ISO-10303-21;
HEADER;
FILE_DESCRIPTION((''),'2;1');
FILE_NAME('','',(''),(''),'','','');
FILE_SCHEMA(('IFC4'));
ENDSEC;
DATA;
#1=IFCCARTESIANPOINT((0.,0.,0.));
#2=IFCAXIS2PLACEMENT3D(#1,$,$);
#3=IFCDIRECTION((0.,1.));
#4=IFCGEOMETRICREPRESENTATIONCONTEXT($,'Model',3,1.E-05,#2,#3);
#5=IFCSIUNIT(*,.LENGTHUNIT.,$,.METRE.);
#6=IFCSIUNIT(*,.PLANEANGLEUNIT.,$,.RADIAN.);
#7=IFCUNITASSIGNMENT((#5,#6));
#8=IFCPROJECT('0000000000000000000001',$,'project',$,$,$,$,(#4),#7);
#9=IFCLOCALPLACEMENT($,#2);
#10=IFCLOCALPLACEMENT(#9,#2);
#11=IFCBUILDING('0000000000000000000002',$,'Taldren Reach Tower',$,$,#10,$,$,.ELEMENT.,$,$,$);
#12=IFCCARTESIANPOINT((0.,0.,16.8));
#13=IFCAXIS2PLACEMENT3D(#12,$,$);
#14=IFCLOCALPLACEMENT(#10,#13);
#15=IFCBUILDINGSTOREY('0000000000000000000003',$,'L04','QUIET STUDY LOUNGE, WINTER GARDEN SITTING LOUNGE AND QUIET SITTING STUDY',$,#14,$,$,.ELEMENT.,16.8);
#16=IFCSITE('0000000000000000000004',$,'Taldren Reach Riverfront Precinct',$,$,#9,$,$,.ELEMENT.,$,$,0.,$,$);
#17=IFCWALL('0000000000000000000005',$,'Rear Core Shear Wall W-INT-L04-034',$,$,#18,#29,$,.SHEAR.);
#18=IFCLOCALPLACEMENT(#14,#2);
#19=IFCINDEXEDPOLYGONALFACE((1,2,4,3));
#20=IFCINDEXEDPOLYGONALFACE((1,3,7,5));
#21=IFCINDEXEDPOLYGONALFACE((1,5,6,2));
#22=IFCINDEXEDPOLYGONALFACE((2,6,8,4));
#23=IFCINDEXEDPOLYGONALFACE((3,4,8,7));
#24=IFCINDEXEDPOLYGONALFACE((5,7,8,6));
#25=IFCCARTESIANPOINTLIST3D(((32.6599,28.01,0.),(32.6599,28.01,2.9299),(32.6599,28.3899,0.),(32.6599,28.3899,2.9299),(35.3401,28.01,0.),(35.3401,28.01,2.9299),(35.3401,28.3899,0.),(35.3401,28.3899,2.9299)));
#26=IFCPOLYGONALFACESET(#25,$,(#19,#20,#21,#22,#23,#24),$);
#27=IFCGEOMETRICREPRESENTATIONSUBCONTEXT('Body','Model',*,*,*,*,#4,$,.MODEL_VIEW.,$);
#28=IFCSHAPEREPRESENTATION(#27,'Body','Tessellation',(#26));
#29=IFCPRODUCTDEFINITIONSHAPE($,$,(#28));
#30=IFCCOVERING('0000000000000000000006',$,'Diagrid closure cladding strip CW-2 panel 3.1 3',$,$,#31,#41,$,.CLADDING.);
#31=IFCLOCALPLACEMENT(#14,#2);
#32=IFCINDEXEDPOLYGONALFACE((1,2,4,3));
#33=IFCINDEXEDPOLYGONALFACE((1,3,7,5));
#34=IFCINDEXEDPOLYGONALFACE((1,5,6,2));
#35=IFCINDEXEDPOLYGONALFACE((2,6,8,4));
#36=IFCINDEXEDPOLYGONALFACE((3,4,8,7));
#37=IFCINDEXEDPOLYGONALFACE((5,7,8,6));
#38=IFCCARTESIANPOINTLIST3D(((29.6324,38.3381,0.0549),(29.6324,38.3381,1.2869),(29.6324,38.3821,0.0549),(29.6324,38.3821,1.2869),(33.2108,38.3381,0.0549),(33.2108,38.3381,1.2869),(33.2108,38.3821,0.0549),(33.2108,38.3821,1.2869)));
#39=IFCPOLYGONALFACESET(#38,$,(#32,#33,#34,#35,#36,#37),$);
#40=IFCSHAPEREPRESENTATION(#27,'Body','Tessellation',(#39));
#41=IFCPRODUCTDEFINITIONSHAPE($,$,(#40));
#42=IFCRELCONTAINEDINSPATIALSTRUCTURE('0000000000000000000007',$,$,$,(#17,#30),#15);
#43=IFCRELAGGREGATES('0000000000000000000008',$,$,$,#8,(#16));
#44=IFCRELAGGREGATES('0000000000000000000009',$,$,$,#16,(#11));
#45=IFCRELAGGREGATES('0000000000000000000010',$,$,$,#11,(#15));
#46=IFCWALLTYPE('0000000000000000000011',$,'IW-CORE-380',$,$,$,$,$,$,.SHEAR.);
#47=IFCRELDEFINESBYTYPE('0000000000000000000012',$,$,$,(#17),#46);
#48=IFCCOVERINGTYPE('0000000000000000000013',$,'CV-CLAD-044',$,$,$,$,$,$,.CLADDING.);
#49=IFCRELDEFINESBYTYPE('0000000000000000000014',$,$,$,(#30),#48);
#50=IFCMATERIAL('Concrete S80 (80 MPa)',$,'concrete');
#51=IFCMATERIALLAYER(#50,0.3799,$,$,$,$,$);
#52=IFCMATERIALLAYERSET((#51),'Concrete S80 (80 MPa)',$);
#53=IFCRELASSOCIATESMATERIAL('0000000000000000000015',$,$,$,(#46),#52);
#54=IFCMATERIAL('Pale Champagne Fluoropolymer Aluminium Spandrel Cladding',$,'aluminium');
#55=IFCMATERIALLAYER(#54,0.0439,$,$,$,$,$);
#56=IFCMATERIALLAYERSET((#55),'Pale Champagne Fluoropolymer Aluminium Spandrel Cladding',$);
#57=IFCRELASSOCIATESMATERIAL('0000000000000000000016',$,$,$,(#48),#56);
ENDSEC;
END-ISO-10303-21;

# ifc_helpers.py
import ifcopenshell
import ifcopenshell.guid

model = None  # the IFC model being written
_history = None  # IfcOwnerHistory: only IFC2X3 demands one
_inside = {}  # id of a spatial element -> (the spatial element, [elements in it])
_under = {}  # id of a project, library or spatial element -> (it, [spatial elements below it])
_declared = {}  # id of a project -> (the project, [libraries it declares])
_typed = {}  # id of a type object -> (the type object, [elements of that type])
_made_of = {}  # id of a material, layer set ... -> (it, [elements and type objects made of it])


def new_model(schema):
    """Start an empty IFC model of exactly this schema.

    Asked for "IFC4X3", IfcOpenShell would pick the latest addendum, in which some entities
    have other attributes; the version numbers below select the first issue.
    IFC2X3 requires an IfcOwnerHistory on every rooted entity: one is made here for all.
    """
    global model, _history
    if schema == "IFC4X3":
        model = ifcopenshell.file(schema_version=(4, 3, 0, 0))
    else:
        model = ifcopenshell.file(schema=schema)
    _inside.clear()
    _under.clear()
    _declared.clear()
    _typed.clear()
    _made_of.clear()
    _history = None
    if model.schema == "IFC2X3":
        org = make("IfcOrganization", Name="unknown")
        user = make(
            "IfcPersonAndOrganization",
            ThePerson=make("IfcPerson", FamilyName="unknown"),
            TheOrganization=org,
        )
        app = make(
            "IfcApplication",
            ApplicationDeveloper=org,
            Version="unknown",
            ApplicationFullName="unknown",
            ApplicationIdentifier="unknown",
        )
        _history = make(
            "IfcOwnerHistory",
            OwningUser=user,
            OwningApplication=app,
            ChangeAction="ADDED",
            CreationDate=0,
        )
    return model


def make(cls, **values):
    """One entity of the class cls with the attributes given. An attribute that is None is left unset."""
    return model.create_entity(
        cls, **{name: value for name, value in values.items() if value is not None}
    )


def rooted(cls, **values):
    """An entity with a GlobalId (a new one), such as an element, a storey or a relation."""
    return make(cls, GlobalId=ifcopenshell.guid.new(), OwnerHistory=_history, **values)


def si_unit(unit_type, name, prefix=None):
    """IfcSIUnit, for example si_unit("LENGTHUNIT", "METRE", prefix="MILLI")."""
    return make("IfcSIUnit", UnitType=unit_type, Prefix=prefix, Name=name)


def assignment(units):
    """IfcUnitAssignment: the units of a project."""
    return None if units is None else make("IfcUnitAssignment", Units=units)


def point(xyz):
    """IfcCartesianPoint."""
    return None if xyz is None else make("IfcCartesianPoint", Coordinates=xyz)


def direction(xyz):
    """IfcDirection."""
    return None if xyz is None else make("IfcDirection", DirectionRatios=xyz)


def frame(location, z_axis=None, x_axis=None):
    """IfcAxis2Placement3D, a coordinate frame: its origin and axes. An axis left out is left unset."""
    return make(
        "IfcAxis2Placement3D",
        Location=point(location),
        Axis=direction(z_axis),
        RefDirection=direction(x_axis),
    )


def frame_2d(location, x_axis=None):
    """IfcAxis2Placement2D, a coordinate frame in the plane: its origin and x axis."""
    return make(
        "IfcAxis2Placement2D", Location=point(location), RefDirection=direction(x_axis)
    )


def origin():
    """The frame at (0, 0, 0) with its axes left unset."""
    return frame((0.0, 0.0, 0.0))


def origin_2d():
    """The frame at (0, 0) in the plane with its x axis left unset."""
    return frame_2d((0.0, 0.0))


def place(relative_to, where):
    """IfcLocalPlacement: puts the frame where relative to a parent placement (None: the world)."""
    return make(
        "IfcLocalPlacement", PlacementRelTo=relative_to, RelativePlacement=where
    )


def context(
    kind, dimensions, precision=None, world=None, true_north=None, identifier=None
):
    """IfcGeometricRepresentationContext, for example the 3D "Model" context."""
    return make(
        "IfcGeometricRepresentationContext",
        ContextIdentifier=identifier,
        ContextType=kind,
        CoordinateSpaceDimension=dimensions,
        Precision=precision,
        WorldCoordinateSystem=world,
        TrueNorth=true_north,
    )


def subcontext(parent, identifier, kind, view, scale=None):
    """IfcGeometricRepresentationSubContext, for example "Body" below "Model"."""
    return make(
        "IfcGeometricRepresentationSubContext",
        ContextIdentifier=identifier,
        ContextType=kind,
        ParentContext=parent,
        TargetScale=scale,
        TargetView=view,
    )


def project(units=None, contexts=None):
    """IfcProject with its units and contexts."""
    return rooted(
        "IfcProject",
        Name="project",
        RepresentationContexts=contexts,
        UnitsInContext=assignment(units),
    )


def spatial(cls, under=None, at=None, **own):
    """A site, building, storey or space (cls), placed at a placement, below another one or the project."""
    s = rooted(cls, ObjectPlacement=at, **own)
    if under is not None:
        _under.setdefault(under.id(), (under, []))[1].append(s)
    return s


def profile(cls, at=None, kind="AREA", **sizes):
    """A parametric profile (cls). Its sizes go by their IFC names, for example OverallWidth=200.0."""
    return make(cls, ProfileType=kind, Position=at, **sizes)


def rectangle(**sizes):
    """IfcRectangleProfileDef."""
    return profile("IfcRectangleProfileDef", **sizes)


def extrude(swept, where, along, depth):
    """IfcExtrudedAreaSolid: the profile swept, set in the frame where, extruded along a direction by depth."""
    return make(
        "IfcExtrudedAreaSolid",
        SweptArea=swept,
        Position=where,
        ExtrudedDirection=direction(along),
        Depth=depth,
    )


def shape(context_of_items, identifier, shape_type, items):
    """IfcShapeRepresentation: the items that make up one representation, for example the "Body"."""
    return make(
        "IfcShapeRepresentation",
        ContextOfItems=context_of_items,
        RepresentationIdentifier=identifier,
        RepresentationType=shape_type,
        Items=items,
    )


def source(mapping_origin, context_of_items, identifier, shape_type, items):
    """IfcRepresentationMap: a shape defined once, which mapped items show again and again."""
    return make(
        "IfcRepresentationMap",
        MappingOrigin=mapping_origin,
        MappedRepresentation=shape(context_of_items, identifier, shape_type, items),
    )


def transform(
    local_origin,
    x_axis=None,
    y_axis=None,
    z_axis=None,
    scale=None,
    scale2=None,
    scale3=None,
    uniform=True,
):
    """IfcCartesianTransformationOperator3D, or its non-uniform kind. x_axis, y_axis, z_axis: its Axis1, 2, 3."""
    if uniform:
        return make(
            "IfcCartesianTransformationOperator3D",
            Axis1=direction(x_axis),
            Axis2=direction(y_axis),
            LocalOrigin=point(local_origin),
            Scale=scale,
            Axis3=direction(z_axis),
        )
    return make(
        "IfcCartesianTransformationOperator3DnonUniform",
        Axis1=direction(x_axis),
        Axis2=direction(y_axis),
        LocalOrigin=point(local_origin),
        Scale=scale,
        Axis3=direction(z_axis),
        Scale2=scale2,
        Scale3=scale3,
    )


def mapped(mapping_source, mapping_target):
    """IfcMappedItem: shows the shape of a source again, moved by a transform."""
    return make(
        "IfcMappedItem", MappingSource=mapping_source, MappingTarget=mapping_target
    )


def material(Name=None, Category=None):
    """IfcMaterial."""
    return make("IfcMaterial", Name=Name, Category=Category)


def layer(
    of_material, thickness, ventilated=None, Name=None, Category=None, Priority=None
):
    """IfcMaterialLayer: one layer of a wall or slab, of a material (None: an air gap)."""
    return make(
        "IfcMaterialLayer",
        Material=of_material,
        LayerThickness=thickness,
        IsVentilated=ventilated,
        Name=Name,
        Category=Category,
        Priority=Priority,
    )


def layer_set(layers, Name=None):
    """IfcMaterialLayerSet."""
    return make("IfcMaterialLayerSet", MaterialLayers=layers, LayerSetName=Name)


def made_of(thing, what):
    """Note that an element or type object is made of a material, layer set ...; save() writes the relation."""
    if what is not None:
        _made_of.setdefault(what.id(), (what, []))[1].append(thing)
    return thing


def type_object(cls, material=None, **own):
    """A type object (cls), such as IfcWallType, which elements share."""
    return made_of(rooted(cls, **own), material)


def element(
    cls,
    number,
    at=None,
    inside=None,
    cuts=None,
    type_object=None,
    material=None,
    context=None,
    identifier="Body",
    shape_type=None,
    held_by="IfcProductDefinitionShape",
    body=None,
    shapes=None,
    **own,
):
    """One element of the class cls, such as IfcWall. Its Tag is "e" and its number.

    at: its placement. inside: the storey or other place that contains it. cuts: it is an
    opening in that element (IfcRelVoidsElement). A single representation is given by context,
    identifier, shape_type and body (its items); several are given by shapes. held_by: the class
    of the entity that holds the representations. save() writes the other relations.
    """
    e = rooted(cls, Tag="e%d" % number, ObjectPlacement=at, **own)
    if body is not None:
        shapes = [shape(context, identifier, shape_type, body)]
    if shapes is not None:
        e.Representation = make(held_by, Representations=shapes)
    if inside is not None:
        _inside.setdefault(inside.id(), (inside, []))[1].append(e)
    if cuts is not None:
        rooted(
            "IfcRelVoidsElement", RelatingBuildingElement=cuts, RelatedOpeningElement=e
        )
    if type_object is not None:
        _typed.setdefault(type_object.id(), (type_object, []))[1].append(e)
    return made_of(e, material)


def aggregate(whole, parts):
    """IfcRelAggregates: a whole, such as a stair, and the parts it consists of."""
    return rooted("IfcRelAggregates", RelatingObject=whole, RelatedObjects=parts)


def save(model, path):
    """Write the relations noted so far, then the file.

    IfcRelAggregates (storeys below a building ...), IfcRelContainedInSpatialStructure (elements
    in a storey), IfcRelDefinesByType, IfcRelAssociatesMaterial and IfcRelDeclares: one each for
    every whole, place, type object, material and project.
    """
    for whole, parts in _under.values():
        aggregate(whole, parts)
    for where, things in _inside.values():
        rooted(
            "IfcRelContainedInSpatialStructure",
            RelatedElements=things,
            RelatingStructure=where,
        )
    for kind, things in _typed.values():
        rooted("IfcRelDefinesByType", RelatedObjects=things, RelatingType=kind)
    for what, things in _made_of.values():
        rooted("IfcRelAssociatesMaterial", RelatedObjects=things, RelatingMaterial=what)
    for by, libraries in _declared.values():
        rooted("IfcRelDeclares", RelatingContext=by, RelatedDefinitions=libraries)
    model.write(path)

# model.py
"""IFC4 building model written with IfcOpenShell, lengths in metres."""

from ifc_helpers import new_model, si_unit, direction, frame, frame_2d, origin, origin_2d, place, context, subcontext, project, spatial, rectangle, extrude, source, transform, mapped, material, layer, layer_set, type_object, element, save


model = new_model("IFC4")

# Units and contexts
model_context = context("Model", 3, precision=1e-05, world=origin(), true_north=direction((0.0, 1.0)))
body_context = subcontext(model_context, "Body", "Model", "MODEL_VIEW")
ifc_project = project(units=[si_unit("LENGTHUNIT", "METRE"), si_unit("PLANEANGLEUNIT", "RADIAN")], contexts=[model_context])

# Site, building, storey
site_placement = place(None, origin())
site = spatial("IfcSite", under=ifc_project, at=site_placement, Name="Taldren Reach Riverfront Precinct", CompositionType="ELEMENT", RefElevation=0.0)
building_placement = place(site_placement, origin())
building = spatial("IfcBuilding", under=site, at=building_placement, Name="Taldren Reach Tower", CompositionType="ELEMENT")
storey_placement = place(building_placement, frame((0.0, 0.0, 16.8)))
storey = spatial("IfcBuildingStorey", under=building, at=storey_placement, Name="L04", Description="QUIET STUDY LOUNGE, WINTER GARDEN SITTING LOUNGE AND QUIET SITTING STUDY", CompositionType="ELEMENT", Elevation=16.8)

# Shared definitions
ifc_material_1 = material(Name="Concrete S80 (80 MPa)", Category="concrete")
ifc_layer_1 = layer(ifc_material_1, 0.3799)
ifc_layer_set_1 = layer_set([ifc_layer_1], Name="Concrete S80 (80 MPa)")
wall_type_1 = type_object("IfcWallType", Name="IW-CORE-380", PredefinedType="SHEAR", material=ifc_layer_set_1)

# Wall
shared_shape_1 = source(origin(), body_context, "Body", "SweptSolid", [
    extrude(rectangle(XDim=2.6802, YDim=0.3799, at=frame_2d((1.3401, 0.0))), origin(), (0.0, 0.0, 1.0), 2.9299),
])
wall_1_placement = place(storey_placement, frame((32.6599, 28.2, 0.0), z_axis=(0.0, 0.0, 1.0), x_axis=(1.0, 0.0, 0.0)))
element("IfcWall", 1, at=wall_1_placement, inside=storey, type_object=wall_type_1, Name="Rear Core Shear Wall W-INT-L04-034", PredefinedType="SHEAR", context=body_context, shape_type="MappedRepresentation", body=[
    mapped(shared_shape_1, transform((0.0, 0.0, 0.0), scale=1.0)),
])

# Covering
ifc_material_2 = material(Name="Pale Champagne Fluoropolymer Aluminium Spandrel Cladding", Category="aluminium")
ifc_layer_2 = layer(ifc_material_2, 0.0439)
ifc_layer_set_2 = layer_set([ifc_layer_2], Name="Pale Champagne Fluoropolymer Aluminium Spandrel Cladding")
covering_type = type_object("IfcCoveringType", Name="CV-CLAD-044", PredefinedType="CLADDING", material=ifc_layer_set_2)
shared_shape_2 = source(origin(), body_context, "Body", "SweptSolid", [
    extrude(rectangle(XDim=3.5784, YDim=0.0439, at=origin_2d()), origin(), (0.0, 0.0, 1.0), 1.2319),
])
covering_placement = place(storey_placement, frame((31.4216, 38.3601, 0.0549), z_axis=(0.0, 0.0, 1.0), x_axis=(-1.0, 0.0, 0.0)))
element("IfcCovering", 2, at=covering_placement, inside=storey, type_object=covering_type, Name="Diagrid closure cladding strip CW-2 panel 3.1 3", PredefinedType="CLADDING", context=body_context, shape_type="MappedRepresentation", body=[
    mapped(shared_shape_2, transform((0.0, 0.0, 0.0), scale=1.0)),
])

save(model, "model.ifc")
